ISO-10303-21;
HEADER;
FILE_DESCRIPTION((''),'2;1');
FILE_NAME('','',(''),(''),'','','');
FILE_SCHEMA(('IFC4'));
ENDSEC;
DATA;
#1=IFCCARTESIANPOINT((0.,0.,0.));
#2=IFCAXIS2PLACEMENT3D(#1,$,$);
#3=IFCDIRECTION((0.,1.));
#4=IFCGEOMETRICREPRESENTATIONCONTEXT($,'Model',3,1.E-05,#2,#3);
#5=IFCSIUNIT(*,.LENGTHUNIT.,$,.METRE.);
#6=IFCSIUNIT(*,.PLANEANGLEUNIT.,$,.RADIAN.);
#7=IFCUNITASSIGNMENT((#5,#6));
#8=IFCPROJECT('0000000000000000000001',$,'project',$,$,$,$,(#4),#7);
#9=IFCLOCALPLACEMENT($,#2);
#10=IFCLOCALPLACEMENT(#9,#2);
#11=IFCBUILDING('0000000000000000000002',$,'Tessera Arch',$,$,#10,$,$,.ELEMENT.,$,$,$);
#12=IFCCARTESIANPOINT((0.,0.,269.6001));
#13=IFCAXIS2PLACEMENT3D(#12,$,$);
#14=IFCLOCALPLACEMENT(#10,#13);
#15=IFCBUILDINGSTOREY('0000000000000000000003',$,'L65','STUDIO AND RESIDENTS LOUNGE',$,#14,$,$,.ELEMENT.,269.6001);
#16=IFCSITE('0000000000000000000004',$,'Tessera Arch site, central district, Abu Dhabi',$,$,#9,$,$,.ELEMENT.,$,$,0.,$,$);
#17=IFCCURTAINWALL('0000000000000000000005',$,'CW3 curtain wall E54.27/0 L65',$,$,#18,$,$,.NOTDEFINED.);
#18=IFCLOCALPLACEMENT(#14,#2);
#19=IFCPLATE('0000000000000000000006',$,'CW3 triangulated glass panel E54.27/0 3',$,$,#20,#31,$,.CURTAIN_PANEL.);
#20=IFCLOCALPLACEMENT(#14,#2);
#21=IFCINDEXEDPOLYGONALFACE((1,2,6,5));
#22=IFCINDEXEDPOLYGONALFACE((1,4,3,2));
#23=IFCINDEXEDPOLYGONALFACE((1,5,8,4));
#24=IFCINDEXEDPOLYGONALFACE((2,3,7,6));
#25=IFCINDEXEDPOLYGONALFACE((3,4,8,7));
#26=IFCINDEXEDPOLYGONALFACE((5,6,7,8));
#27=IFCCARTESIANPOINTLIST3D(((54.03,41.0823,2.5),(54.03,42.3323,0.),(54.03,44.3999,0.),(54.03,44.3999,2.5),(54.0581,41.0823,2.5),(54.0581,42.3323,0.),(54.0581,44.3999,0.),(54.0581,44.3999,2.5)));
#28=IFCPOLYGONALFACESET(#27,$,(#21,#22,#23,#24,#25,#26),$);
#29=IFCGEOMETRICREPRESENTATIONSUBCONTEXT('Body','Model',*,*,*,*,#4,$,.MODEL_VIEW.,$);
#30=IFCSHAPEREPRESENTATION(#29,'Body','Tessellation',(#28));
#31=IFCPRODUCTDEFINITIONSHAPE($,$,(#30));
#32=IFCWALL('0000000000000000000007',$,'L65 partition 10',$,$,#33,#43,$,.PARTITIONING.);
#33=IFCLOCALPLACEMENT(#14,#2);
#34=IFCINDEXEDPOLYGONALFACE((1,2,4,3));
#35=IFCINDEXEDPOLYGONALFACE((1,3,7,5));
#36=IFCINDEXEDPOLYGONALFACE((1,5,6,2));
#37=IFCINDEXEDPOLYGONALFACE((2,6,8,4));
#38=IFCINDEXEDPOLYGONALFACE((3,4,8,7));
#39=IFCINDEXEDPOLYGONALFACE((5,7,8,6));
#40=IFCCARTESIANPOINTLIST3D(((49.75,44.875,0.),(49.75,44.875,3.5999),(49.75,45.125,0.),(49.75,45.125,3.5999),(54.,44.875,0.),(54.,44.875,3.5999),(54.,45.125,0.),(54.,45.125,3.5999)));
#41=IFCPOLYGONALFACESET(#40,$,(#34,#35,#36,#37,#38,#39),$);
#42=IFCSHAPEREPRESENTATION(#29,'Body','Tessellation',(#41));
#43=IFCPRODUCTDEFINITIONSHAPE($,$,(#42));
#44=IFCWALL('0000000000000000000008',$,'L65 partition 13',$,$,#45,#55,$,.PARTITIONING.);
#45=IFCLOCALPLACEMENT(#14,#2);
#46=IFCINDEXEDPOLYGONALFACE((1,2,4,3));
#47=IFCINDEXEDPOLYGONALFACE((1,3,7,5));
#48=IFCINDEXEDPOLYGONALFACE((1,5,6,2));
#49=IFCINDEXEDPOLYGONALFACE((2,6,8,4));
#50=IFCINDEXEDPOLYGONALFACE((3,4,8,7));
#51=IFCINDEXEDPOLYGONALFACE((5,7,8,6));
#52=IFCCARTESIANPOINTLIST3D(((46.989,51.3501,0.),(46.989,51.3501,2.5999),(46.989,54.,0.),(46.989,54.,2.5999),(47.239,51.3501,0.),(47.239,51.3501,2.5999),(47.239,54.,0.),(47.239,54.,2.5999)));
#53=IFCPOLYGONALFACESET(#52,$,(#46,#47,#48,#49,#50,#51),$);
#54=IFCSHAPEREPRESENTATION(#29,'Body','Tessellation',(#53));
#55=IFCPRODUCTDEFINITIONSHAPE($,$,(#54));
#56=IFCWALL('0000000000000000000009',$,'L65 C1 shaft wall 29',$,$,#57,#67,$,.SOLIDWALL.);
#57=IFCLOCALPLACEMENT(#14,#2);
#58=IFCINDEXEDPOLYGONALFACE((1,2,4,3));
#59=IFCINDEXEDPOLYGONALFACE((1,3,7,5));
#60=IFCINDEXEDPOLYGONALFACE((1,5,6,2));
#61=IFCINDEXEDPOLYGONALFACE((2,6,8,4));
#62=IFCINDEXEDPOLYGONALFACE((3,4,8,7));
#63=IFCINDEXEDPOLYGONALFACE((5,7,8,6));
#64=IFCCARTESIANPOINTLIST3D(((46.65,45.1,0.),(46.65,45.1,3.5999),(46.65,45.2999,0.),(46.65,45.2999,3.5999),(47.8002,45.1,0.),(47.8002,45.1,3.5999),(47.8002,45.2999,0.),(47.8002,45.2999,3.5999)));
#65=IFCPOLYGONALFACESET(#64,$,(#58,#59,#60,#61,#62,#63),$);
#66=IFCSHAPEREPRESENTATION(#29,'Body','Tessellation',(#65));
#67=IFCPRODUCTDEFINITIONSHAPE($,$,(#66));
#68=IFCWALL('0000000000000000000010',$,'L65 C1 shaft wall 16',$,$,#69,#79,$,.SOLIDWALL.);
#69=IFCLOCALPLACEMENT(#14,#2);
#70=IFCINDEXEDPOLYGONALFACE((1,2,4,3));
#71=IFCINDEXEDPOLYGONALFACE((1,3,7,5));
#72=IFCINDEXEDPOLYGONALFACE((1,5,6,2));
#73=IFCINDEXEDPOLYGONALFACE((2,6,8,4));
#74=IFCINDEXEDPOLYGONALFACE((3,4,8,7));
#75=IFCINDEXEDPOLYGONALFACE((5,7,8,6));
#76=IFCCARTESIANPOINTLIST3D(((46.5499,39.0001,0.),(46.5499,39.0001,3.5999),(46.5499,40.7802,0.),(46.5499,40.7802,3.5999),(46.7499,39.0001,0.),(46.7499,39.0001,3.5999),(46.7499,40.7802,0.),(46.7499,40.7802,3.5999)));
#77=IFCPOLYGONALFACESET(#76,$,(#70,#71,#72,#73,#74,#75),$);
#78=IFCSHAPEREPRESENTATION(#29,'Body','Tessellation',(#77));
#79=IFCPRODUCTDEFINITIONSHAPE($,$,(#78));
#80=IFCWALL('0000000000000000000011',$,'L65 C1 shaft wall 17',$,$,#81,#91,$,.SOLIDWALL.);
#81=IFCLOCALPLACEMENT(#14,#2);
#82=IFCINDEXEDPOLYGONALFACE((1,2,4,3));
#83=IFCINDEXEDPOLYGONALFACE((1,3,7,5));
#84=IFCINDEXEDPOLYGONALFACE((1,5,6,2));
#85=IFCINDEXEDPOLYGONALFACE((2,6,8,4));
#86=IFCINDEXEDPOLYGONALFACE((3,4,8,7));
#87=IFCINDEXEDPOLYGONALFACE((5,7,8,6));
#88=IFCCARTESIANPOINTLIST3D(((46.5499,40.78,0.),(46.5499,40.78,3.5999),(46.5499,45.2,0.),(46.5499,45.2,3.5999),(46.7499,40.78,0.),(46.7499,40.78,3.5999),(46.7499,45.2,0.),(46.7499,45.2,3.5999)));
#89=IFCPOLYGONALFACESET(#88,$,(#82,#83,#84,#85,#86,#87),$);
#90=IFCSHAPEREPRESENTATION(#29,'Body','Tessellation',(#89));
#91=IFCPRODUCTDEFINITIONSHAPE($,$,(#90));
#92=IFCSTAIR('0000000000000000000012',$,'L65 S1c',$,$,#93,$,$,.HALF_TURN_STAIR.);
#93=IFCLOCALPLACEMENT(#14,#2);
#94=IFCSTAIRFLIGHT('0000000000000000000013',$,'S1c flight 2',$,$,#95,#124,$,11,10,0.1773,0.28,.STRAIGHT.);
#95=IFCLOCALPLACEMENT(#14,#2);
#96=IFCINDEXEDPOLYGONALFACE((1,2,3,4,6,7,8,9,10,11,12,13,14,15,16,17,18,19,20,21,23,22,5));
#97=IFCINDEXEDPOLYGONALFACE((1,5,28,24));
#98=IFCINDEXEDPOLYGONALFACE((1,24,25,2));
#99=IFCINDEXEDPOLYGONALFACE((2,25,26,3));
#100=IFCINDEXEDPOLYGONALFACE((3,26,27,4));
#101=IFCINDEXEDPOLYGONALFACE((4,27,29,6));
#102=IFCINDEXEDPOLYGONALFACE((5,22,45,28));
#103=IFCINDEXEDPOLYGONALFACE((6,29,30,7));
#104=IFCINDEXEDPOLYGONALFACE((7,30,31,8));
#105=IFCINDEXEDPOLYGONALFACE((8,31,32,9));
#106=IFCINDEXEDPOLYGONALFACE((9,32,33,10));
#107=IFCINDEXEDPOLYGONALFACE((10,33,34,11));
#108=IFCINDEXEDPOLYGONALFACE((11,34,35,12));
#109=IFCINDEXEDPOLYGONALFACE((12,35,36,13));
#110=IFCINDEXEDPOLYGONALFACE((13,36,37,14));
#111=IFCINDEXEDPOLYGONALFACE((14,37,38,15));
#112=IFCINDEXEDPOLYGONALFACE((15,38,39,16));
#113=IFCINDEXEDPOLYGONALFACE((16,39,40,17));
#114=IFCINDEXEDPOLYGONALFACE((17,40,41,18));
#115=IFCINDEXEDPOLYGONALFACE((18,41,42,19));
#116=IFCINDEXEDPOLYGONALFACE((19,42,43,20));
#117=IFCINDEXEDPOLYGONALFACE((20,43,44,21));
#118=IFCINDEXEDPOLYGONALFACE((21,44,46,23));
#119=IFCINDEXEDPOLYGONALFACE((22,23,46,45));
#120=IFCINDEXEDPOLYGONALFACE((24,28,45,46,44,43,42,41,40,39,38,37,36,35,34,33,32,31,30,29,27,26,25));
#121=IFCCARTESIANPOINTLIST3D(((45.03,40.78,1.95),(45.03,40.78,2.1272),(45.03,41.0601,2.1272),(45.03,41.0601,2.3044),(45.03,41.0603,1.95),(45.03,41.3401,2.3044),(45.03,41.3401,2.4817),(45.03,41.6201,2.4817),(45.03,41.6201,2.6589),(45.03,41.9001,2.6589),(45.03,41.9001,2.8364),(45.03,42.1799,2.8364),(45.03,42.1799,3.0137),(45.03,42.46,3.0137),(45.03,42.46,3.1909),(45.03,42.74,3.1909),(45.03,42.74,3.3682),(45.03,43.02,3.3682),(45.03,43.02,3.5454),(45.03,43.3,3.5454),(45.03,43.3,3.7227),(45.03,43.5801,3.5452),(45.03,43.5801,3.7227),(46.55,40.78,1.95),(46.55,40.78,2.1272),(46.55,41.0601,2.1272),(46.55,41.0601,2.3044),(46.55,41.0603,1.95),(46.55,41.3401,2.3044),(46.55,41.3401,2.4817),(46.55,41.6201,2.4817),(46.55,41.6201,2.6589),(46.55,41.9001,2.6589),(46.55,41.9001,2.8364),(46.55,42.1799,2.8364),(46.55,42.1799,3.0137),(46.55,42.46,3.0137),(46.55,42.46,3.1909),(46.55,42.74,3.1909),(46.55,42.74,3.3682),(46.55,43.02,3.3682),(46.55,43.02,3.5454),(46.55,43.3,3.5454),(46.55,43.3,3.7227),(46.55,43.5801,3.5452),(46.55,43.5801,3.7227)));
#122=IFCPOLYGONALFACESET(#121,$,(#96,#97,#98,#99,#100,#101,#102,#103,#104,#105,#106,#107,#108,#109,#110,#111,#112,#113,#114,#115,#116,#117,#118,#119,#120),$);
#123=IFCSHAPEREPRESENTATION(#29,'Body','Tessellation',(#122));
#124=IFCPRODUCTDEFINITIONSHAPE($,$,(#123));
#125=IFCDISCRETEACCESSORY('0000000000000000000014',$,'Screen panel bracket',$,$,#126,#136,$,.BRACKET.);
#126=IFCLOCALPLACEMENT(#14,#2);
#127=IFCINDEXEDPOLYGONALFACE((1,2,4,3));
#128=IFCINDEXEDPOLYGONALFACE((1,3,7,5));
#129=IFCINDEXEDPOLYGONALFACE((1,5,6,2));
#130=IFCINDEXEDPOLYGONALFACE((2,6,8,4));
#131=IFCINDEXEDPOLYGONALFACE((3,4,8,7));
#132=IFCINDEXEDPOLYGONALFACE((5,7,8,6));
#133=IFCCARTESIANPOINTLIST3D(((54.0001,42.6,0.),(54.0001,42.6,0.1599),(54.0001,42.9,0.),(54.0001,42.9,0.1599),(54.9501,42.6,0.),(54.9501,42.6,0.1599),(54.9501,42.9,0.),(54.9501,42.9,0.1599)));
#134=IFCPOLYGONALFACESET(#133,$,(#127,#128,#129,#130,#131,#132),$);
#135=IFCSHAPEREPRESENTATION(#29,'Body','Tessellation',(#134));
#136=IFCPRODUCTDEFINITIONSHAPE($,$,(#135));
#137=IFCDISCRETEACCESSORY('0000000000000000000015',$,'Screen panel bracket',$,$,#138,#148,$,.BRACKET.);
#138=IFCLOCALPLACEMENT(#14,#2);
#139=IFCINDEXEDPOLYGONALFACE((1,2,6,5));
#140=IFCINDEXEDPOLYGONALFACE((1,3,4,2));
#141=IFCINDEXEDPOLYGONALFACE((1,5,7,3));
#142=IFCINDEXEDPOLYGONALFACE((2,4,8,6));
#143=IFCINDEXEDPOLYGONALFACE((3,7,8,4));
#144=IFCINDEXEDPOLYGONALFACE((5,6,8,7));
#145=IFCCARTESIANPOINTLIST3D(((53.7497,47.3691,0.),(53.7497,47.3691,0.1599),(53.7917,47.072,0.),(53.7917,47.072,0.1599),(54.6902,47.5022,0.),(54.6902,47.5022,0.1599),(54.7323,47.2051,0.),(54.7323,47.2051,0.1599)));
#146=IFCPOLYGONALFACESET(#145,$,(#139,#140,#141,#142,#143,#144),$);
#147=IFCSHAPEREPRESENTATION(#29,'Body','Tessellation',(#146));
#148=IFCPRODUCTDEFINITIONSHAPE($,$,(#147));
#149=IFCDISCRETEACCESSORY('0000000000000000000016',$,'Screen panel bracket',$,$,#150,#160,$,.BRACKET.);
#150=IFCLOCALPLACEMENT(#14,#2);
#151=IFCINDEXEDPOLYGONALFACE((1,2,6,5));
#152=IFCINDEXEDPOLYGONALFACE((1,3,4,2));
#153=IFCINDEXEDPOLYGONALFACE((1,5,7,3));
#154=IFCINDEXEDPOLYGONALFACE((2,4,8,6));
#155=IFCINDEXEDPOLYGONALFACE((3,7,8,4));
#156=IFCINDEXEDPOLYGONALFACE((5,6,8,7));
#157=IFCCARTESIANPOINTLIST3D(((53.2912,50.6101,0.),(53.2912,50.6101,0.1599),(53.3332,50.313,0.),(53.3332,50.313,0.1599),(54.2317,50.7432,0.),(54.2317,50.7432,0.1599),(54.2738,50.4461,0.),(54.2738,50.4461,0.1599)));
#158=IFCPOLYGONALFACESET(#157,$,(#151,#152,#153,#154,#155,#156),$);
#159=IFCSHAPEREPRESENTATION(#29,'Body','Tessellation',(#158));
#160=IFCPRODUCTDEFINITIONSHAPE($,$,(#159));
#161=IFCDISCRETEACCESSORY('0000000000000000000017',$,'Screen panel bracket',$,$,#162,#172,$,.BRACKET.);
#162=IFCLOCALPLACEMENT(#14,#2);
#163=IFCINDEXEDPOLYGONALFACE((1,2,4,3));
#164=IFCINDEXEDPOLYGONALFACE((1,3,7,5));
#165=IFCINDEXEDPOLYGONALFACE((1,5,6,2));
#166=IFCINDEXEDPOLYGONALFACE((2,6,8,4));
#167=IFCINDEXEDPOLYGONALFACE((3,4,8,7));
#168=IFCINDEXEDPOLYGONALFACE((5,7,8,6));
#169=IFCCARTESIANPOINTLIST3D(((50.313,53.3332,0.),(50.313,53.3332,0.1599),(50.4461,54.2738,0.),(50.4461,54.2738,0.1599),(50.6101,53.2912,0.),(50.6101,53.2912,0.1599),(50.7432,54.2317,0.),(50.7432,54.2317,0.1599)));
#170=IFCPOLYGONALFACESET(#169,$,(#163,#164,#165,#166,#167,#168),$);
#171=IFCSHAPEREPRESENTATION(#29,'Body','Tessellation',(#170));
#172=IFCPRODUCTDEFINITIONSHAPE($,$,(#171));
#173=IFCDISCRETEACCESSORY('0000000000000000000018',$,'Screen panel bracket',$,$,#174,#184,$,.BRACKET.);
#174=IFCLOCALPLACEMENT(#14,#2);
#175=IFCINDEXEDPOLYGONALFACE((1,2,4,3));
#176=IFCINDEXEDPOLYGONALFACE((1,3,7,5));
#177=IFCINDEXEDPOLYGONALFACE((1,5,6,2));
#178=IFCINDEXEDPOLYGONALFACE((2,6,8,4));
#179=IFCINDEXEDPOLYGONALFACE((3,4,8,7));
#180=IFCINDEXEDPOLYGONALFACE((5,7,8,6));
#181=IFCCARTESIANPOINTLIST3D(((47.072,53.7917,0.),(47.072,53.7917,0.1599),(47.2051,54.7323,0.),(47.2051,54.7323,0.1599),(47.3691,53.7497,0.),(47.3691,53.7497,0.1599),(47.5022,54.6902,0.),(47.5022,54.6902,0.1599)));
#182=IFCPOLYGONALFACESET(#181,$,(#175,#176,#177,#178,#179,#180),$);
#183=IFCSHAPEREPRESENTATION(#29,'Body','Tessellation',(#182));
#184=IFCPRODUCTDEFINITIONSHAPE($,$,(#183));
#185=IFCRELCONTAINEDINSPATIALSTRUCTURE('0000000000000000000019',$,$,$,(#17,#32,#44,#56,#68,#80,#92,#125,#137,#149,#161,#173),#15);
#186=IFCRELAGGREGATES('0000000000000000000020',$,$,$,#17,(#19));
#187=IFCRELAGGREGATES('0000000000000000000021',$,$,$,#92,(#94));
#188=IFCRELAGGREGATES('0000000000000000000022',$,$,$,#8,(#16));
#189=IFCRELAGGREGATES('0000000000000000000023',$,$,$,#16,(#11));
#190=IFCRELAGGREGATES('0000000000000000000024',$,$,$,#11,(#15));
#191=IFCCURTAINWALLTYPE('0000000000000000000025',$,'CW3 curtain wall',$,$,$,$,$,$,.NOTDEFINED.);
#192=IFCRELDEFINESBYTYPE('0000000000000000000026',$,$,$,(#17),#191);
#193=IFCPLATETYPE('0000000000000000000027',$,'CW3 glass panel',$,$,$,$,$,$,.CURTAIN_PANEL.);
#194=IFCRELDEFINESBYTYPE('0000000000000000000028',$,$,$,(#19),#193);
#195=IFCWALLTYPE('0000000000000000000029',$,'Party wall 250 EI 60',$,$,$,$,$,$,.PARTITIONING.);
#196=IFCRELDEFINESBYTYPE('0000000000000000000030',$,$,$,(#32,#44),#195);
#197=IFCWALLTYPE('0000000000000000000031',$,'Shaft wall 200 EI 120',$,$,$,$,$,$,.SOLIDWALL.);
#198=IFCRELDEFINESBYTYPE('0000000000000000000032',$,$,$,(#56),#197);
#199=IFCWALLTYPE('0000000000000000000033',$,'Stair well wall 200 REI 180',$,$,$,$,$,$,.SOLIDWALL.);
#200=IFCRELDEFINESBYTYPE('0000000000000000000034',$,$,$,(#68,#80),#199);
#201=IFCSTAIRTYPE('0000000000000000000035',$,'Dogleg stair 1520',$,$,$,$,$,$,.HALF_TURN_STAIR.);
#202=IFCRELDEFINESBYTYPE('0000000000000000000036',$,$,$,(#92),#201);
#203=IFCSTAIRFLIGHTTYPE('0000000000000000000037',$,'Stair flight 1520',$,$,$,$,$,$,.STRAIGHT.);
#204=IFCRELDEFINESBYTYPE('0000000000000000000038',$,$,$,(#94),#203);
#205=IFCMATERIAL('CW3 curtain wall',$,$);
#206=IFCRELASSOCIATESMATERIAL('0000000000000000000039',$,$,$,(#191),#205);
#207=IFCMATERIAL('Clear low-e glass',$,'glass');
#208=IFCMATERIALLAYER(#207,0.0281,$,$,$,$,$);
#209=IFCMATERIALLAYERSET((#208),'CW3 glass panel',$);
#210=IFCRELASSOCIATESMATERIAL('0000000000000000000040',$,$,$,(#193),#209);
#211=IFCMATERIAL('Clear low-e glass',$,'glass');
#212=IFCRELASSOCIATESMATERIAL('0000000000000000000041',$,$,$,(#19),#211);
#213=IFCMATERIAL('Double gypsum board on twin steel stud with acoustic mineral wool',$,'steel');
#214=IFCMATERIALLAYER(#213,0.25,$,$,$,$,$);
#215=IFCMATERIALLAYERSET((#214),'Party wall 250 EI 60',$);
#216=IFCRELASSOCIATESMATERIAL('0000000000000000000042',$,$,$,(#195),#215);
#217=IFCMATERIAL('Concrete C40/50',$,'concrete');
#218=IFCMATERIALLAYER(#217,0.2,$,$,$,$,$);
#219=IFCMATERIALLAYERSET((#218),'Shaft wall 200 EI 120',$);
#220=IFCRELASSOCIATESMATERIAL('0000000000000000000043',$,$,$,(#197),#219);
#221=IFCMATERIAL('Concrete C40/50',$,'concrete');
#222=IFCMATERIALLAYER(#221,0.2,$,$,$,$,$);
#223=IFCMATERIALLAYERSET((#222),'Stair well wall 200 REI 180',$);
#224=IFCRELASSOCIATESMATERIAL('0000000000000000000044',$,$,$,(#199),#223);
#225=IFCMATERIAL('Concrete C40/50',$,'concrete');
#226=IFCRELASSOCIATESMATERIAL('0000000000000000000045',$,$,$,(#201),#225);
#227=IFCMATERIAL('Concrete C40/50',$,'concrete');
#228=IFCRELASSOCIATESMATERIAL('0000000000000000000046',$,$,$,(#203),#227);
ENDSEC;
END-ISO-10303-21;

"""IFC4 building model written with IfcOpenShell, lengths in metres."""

from ifc_helpers import new_model, si_unit, direction, frame, frame_2d, origin, origin_2d, place, context, subcontext, project, spatial, polyline, rectangle, outline, extrude, material, layer, layer_set, type_object, element, aggregate, save


model = new_model("IFC4")

# Units and contexts
model_context = context("Model", 3, precision=1e-05, world=origin(), true_north=direction((0.0, 1.0)))
body_context = subcontext(model_context, "Body", "Model", "MODEL_VIEW")
ifc_project = project(units=[si_unit("LENGTHUNIT", "METRE"), si_unit("PLANEANGLEUNIT", "RADIAN")], contexts=[model_context])

# Site, building, storey
site_placement = place(None, origin())
site = spatial("IfcSite", under=ifc_project, at=site_placement, Name="Tessera Arch site, central district, Abu Dhabi", CompositionType="ELEMENT", RefElevation=0.0)
building_placement = place(site_placement, origin())
building = spatial("IfcBuilding", under=site, at=building_placement, Name="Tessera Arch", CompositionType="ELEMENT")
storey_placement = place(building_placement, frame((0.0, 0.0, 269.6001)))
storey = spatial("IfcBuildingStorey", under=building, at=storey_placement, Name="L65", Description="STUDIO AND RESIDENTS LOUNGE", CompositionType="ELEMENT", Elevation=269.6001)

# Shared definitions
ifc_material_1 = material(Name="Clear low-e glass", Category="glass")

# Curtain wall, plate
ifc_material_2 = material(Name="CW3 curtain wall")
curtain_wall_type_1 = type_object("IfcCurtainWallType", Name="CW3 curtain wall", PredefinedType="NOTDEFINED", material=ifc_material_2)
curtain_wall_1_placement = place(storey_placement, origin())
curtain_wall_1 = element("IfcCurtainWall", 1, at=curtain_wall_1_placement, inside=storey, type_object=curtain_wall_type_1, Name="CW3 curtain wall E54.27/0 L65", PredefinedType="NOTDEFINED")
ifc_material_3 = material(Name="Clear low-e glass", Category="glass")
ifc_layer_1 = layer(ifc_material_3, 0.0281)
ifc_layer_set_1 = layer_set([ifc_layer_1], Name="CW3 glass panel")
plate_type_1 = type_object("IfcPlateType", Name="CW3 glass panel", PredefinedType="CURTAIN_PANEL", material=ifc_layer_set_1)
plate_1_placement = place(storey_placement, frame((54.0581, 44.3999, 2.5), z_axis=(1.0, 0.0, 0.0), x_axis=(0.0, -1.0, 0.0)))
plate_1 = element("IfcPlate", 2, at=plate_1_placement, type_object=plate_type_1, material=ifc_material_1, Name="CW3 triangulated glass panel E54.27/0 3", PredefinedType="CURTAIN_PANEL", context=body_context, shape_type="SweptSolid", body=[
    extrude(outline(polyline([(0.0, 0.0), (3.3176, 0.0), (2.0676, 2.5), (0.0, 2.5), (0.0, 0.0)])), origin(), (0.0, 0.0, -1.0), 0.0281),
])
aggregate(curtain_wall_1, [plate_1])

# Walls
ifc_material_4 = material(Name="Double gypsum board on twin steel stud with acoustic mineral wool", Category="steel")
ifc_layer_2 = layer(ifc_material_4, 0.25)
ifc_layer_set_2 = layer_set([ifc_layer_2], Name="Party wall 250 EI 60")
wall_type_1 = type_object("IfcWallType", Name="Party wall 250 EI 60", PredefinedType="PARTITIONING", material=ifc_layer_set_2)
wall_1_placement = place(storey_placement, frame((49.75, 45.0, 0.0), z_axis=(0.0, 0.0, 1.0), x_axis=(1.0, 0.0, 0.0)))
element("IfcWall", 3, at=wall_1_placement, inside=storey, type_object=wall_type_1, Name="L65 partition 10", PredefinedType="PARTITIONING", context=body_context, shape_type="SweptSolid", body=[
    extrude(rectangle(XDim=4.25, YDim=0.25, at=frame_2d((2.125, 0.0))), origin(), (0.0, 0.0, 1.0), 3.5999),
])
wall_2_placement = place(storey_placement, frame((47.114, 51.3501, 0.0), z_axis=(0.0, 0.0, 1.0), x_axis=(0.0, 1.0, 0.0)))
element("IfcWall", 4, at=wall_2_placement, inside=storey, type_object=wall_type_1, Name="L65 partition 13", PredefinedType="PARTITIONING", context=body_context, shape_type="SweptSolid", body=[
    extrude(rectangle(XDim=2.6499, YDim=0.25, at=frame_2d((1.325, 0.0))), origin(), (0.0, 0.0, 1.0), 2.5999),
])
ifc_material_5 = material(Name="Concrete C40/50", Category="concrete")
ifc_layer_3 = layer(ifc_material_5, 0.2)
ifc_layer_set_3 = layer_set([ifc_layer_3], Name="Shaft wall 200 EI 120")
wall_type_2 = type_object("IfcWallType", Name="Shaft wall 200 EI 120", PredefinedType="SOLIDWALL", material=ifc_layer_set_3)
wall_3_placement = place(storey_placement, frame((46.6499, 45.2, 0.0), z_axis=(0.0, 0.0, 1.0), x_axis=(1.0, 0.0, 0.0)))
element("IfcWall", 5, at=wall_3_placement, inside=storey, type_object=wall_type_2, Name="L65 C1 shaft wall 29", PredefinedType="SOLIDWALL", context=body_context, shape_type="SweptSolid", body=[
    extrude(rectangle(XDim=1.1501, YDim=0.2, at=frame_2d((0.5752, 0.0))), origin(), (0.0, 0.0, 1.0), 3.5999),
])
ifc_material_6 = material(Name="Concrete C40/50", Category="concrete")
ifc_layer_4 = layer(ifc_material_6, 0.2)
ifc_layer_set_4 = layer_set([ifc_layer_4], Name="Stair well wall 200 REI 180")
wall_type_3 = type_object("IfcWallType", Name="Stair well wall 200 REI 180", PredefinedType="SOLIDWALL", material=ifc_layer_set_4)
wall_4_placement = place(storey_placement, frame((46.6499, 39.0, 0.0), z_axis=(0.0, 0.0, 1.0), x_axis=(0.0, 1.0, 0.0)))
element("IfcWall", 6, at=wall_4_placement, inside=storey, type_object=wall_type_3, Name="L65 C1 shaft wall 16", PredefinedType="SOLIDWALL", context=body_context, shape_type="SweptSolid", body=[
    extrude(rectangle(XDim=1.78, YDim=0.2, at=frame_2d((0.8901, 0.0))), origin(), (0.0, 0.0, 1.0), 3.5999),
])
wall_5_placement = place(storey_placement, frame((46.6499, 40.78, 0.0), z_axis=(0.0, 0.0, 1.0), x_axis=(0.0, 1.0, 0.0)))
element("IfcWall", 7, at=wall_5_placement, inside=storey, type_object=wall_type_3, Name="L65 C1 shaft wall 17", PredefinedType="SOLIDWALL", context=body_context, shape_type="SweptSolid", body=[
    extrude(rectangle(XDim=4.4199, YDim=0.2, at=frame_2d((2.21, 0.0))), origin(), (0.0, 0.0, 1.0), 3.5999),
])

# Stair, stair flight
ifc_material_7 = material(Name="Concrete C40/50", Category="concrete")
stair_type = type_object("IfcStairType", Name="Dogleg stair 1520", PredefinedType="HALF_TURN_STAIR", material=ifc_material_7)
stair_placement = place(storey_placement, origin())
stair = element("IfcStair", 8, at=stair_placement, inside=storey, type_object=stair_type, Name="L65 S1c", PredefinedType="HALF_TURN_STAIR")
ifc_material_8 = material(Name="Concrete C40/50", Category="concrete")
stair_flight_type = type_object("IfcStairFlightType", Name="Stair flight 1520", PredefinedType="STRAIGHT", material=ifc_material_8)
stair_flight_placement = place(storey_placement, frame((45.79, 40.78, 1.95), z_axis=(0.0, 0.0, 1.0), x_axis=(0.0, 1.0, 0.0)))
stair_flight = element("IfcStairFlight", 9, at=stair_flight_placement, type_object=stair_flight_type, Name="S1c flight 2", NumberOfRisers=11, NumberOfTreads=10, PredefinedType="STRAIGHT", RiserHeight=0.1773, TreadLength=0.28, context=body_context, shape_type="SweptSolid", body=[
    extrude(outline(polyline([(0.0, 0.0), (0.0, 0.1772), (0.28, 0.1772), (0.28, 0.3545), (0.5601, 0.3545), (0.5601, 0.5317), (0.8401, 0.5317), (0.8401, 0.709), (1.1201, 0.709), (1.1201, 0.8865), (1.3999, 0.8865), (1.3999, 1.0637), (1.6799, 1.0637), (1.6799, 1.241), (1.96, 1.241), (1.96, 1.4182), (2.24, 1.4182), (2.24, 1.5955), (2.52, 1.5955), (2.52, 1.7727), (2.8, 1.7727), (2.8, 1.95), (2.8, 1.5952), (0.2803, 0.0), (0.0, 0.0)])), frame((0.0, 0.76, 0.0), z_axis=(0.0, -1.0, 0.0), x_axis=(1.0, 0.0, 0.0)), (0.0, 0.0, 1.0), 1.52),
])
aggregate(stair, [stair_flight])

# Discrete accessories
for number, where, z_axis, x_axis, name in (
    (10, (54.4751, 42.75, 0.0), (0.0, 0.0, 1.0), (1.0, 0.0, 0.0), "Screen panel bracket"),
    (11, (54.241, 47.2871, 0.0), (0.0, 0.0, 1.0), (0.990139, 0.140089, 0.0), "Screen panel bracket"),
    (12, (53.7825, 50.5281, 0.0), (0.0, 0.0, 1.0), (0.990139, 0.140089, 0.0), "Screen panel bracket"),
    (13, (50.5281, 53.7825, 0.0), (0.0, 0.0, 1.0), (0.140089, 0.990139, 0.0), "Screen panel bracket"),
    (14, (47.2871, 54.241, 0.0), (0.0, 0.0, 1.0), (0.140089, 0.990139, 0.0), "Screen panel bracket"),
):
    element("IfcDiscreteAccessory", number, at=place(storey_placement, frame(where, z_axis=z_axis, x_axis=x_axis)), inside=storey, Name=name, PredefinedType="BRACKET", context=body_context, shape_type="SweptSolid", body=[
        extrude(rectangle(XDim=0.95, YDim=0.3, at=origin_2d()), origin(), (0.0, 0.0, 1.0), 0.1599),
    ])

save(model, "model.ifc")
